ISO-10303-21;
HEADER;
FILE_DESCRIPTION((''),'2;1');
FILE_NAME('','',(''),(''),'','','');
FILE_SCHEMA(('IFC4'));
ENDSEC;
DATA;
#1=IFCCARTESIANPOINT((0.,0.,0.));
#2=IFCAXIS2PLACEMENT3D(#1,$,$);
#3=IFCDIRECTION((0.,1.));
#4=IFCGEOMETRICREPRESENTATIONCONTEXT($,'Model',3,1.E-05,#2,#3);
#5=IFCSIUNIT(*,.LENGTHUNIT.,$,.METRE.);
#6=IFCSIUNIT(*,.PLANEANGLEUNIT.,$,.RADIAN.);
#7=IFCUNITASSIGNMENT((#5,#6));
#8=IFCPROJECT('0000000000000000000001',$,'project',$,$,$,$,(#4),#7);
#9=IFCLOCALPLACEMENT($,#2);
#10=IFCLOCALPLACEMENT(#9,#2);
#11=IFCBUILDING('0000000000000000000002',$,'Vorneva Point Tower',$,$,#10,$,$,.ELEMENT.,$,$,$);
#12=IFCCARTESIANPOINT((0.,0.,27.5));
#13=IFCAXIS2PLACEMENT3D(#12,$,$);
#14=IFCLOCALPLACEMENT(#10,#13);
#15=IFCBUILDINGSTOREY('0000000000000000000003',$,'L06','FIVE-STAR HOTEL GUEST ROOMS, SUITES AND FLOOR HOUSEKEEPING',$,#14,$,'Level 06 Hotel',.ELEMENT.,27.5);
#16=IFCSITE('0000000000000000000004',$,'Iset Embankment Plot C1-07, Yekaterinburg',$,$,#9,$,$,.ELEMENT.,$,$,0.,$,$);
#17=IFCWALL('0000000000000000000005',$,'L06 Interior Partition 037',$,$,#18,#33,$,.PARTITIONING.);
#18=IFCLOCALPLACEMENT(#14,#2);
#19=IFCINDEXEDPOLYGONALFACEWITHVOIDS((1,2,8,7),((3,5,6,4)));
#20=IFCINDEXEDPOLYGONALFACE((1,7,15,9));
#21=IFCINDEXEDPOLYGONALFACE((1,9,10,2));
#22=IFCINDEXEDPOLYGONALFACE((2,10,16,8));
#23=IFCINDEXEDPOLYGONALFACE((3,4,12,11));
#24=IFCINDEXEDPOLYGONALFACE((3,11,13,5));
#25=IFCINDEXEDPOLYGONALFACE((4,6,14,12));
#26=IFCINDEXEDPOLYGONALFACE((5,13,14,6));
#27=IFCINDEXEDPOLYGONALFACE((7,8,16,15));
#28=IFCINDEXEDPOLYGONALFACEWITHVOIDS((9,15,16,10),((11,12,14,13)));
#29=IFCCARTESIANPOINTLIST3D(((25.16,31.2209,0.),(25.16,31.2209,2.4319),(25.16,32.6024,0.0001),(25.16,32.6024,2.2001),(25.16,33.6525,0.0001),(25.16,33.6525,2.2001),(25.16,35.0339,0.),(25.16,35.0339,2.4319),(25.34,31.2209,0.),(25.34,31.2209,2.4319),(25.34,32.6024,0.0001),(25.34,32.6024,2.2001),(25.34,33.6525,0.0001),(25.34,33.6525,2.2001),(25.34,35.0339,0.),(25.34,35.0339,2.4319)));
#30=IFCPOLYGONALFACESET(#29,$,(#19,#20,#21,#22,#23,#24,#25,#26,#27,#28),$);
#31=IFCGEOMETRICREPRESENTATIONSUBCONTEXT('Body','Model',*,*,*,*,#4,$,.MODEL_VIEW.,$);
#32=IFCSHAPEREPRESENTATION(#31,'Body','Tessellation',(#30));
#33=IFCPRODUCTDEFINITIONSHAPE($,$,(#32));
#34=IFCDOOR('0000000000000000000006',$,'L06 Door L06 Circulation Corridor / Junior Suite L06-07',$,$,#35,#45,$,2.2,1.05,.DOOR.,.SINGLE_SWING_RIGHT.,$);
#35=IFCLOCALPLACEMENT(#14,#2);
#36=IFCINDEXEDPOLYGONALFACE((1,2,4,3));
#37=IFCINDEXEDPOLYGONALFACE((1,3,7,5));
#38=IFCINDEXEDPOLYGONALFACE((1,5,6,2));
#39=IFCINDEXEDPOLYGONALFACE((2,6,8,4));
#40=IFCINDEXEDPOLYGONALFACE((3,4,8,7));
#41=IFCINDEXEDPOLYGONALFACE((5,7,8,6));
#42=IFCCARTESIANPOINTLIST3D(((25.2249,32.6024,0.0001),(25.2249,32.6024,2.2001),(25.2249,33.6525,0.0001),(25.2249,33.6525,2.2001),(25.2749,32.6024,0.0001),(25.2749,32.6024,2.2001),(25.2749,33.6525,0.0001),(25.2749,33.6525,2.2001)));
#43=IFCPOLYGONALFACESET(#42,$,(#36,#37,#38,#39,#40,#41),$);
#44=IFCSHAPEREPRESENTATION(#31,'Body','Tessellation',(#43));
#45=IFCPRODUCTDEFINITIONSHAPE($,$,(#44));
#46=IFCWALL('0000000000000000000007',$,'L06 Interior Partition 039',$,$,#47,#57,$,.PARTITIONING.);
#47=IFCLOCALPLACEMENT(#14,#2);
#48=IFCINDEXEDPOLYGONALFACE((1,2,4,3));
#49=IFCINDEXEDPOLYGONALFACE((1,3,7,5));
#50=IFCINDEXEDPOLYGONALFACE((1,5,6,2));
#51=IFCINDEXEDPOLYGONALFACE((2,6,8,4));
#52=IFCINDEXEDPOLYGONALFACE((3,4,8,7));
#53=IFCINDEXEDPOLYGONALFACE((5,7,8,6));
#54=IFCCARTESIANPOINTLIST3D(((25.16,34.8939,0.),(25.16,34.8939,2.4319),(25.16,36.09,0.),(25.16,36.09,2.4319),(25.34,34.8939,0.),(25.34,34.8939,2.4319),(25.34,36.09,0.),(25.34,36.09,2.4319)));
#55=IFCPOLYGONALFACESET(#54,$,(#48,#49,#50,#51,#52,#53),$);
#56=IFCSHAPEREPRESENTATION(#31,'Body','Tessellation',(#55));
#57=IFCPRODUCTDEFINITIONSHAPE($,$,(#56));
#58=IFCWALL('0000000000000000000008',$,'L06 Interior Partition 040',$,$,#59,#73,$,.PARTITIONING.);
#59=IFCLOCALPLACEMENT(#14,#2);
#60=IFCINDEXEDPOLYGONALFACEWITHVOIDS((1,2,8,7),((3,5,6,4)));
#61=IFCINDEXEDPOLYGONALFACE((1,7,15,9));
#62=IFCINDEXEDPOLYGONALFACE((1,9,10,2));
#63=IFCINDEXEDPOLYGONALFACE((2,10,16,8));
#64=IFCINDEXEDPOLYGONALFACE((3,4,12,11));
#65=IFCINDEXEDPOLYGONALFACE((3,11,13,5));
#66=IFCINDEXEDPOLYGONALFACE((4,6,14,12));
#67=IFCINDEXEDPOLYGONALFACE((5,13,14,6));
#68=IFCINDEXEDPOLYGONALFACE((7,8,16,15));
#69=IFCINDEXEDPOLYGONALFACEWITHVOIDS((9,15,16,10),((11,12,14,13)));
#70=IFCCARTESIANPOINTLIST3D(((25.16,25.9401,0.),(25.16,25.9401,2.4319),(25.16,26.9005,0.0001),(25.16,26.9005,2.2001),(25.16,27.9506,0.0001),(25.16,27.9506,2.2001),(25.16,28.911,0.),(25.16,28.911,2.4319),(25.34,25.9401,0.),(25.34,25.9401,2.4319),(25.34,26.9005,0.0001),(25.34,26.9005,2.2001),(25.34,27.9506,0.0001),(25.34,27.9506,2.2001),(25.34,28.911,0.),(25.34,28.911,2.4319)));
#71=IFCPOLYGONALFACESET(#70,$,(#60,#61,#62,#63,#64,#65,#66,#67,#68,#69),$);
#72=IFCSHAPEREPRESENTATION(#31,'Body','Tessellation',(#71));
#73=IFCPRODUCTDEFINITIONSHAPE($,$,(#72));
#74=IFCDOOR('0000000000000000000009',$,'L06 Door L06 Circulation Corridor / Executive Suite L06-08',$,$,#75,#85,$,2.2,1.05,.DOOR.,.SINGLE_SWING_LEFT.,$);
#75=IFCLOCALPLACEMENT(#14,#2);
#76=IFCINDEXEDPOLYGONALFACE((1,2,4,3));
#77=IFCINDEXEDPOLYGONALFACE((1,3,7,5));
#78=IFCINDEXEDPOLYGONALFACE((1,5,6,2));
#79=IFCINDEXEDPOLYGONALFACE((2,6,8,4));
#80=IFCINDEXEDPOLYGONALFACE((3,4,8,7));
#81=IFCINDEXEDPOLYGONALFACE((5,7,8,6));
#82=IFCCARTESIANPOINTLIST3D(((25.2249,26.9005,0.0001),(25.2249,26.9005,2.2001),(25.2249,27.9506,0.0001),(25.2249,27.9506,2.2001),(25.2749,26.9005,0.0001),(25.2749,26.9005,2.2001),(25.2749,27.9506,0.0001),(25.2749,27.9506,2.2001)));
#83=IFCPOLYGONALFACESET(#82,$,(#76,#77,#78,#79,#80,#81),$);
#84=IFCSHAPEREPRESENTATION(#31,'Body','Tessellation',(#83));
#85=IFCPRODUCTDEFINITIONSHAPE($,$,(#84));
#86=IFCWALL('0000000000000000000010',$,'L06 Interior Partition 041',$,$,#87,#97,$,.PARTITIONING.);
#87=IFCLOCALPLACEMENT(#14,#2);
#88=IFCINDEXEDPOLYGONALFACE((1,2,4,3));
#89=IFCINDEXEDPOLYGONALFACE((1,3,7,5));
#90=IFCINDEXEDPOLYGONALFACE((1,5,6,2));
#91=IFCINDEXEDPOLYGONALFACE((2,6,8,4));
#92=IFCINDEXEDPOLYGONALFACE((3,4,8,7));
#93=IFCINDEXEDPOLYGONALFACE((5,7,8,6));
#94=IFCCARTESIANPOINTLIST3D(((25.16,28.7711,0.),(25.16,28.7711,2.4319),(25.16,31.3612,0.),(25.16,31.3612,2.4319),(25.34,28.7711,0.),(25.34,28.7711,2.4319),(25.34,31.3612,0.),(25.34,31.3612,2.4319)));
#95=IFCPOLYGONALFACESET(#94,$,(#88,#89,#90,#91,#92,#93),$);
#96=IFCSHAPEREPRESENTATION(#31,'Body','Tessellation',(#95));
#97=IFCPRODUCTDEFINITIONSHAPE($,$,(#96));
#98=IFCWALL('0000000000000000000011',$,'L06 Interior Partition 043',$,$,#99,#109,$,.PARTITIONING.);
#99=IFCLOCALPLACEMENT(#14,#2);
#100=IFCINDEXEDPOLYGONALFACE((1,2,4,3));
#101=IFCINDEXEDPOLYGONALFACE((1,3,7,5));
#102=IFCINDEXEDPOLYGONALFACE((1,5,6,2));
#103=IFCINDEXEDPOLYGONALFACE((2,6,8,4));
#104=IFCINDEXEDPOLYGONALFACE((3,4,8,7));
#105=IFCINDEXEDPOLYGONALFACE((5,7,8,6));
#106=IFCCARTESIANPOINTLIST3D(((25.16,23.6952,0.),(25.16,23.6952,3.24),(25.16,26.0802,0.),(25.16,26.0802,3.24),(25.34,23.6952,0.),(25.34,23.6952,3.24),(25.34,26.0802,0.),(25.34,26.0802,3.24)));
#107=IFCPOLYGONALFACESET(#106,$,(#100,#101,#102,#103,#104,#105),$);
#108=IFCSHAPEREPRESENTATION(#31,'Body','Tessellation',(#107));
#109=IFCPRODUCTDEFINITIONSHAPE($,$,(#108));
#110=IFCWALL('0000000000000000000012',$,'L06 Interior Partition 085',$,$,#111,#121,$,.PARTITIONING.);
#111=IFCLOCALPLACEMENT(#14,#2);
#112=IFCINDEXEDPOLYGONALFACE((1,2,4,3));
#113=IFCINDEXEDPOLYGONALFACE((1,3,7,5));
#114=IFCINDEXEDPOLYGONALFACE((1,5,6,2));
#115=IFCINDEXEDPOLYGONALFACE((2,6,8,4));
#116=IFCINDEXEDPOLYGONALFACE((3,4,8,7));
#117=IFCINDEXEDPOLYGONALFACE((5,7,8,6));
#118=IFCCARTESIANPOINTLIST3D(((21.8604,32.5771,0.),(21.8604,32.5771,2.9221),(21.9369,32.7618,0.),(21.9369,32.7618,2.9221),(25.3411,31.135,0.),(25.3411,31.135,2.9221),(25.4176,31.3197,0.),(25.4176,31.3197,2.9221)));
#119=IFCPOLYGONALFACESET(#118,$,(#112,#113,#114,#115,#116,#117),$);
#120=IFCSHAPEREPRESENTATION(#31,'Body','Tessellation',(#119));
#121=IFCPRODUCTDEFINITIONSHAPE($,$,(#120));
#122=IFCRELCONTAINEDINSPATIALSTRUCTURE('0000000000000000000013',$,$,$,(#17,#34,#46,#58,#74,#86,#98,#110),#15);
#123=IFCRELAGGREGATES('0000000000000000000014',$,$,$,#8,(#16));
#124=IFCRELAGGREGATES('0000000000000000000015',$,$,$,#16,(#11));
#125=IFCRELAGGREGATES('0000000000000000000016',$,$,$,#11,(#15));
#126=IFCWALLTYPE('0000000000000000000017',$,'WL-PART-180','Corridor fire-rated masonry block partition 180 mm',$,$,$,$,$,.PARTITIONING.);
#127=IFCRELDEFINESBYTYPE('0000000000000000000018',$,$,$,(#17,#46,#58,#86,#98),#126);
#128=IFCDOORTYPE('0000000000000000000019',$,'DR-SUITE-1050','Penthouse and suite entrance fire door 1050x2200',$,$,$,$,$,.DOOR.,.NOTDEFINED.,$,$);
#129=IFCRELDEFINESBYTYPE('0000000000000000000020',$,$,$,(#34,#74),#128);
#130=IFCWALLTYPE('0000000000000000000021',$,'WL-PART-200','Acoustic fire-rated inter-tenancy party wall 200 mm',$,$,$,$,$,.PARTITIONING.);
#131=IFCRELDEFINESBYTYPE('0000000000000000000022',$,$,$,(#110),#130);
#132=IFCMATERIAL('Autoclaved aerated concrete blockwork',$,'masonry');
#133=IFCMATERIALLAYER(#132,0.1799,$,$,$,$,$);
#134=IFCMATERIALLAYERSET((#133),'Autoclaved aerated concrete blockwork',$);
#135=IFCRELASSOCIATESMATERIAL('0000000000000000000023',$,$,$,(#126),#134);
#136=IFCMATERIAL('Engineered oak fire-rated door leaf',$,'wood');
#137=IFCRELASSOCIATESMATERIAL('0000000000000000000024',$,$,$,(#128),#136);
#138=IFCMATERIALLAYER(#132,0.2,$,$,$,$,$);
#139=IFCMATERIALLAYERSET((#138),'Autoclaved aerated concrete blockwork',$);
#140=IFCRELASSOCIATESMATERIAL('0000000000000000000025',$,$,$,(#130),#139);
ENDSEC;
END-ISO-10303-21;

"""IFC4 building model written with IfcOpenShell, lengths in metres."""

from ifc_helpers import new_model, si_unit, direction, frame, frame_2d, origin, place, context, subcontext, project, spatial, rectangle, extrude, material, layer, layer_set, type_object, element, fill, save


model = new_model("IFC4")

# Units and contexts
model_context = context("Model", 3, precision=1e-05, world=origin(), true_north=direction((0.0, 1.0)))
body_context = subcontext(model_context, "Body", "Model", "MODEL_VIEW")
ifc_project = project(units=[si_unit("LENGTHUNIT", "METRE"), si_unit("PLANEANGLEUNIT", "RADIAN")], contexts=[model_context])

# Site, building, storey
site_placement = place(None, origin())
site = spatial("IfcSite", under=ifc_project, at=site_placement, Name="Iset Embankment Plot C1-07, Yekaterinburg", CompositionType="ELEMENT", RefElevation=0.0)
building_placement = place(site_placement, origin())
building = spatial("IfcBuilding", under=site, at=building_placement, Name="Vorneva Point Tower", CompositionType="ELEMENT")
storey_placement = place(building_placement, frame((0.0, 0.0, 27.5)))
storey = spatial("IfcBuildingStorey", under=building, at=storey_placement, Name="L06", Description="FIVE-STAR HOTEL GUEST ROOMS, SUITES AND FLOOR HOUSEKEEPING", LongName="Level 06 Hotel", CompositionType="ELEMENT", Elevation=27.5)

# Shared definitions
ifc_material_1 = material(Name="Engineered oak fire-rated door leaf", Category="wood")

# Wall, opening, door
ifc_material_2 = material(Name="Autoclaved aerated concrete blockwork", Category="masonry")
ifc_layer_1 = layer(ifc_material_2, 0.1799)
ifc_layer_set_1 = layer_set([ifc_layer_1], Name="Autoclaved aerated concrete blockwork")
wall_type_1 = type_object("IfcWallType", Name="WL-PART-180", Description="Corridor fire-rated masonry block partition 180 mm", PredefinedType="PARTITIONING", material=ifc_layer_set_1)
wall_1_placement = place(storey_placement, frame((25.25, 35.0339, 0.0), z_axis=(0.0, 0.0, 1.0), x_axis=(0.0, -1.0, 0.0)))
wall_1 = element("IfcWall", 1, at=wall_1_placement, inside=storey, type_object=wall_type_1, Name="L06 Interior Partition 037", PredefinedType="PARTITIONING", context=body_context, shape_type="SweptSolid", body=[
    extrude(rectangle(XDim=3.813, YDim=0.1799, at=frame_2d((1.9065, 0.0))), origin(), (0.0, 0.0, 1.0), 2.4319),
])
opening_1_placement = place(wall_1_placement, frame((1.3816, 0.0, 0.0)))
opening_1 = element("IfcOpeningElement", 2, at=opening_1_placement, cuts=wall_1, PredefinedType="OPENING", context=body_context, shape_type="SweptSolid", body=[
    extrude(rectangle(XDim=1.05, YDim=2.2, at=frame_2d((0.5249, 1.1001))), frame((0.0, 0.105, 0.0), z_axis=(0.0, -1.0, 0.0), x_axis=(1.0, 0.0, 0.0)), (0.0, 0.0, 1.0), 0.2097),
])
door_type_1 = type_object("IfcDoorType", Name="DR-SUITE-1050", Description="Penthouse and suite entrance fire door 1050x2200", OperationType="NOTDEFINED", PredefinedType="DOOR", material=ifc_material_1)
door_1_placement = place(opening_1_placement, origin())
door_1 = element("IfcDoor", 3, at=door_1_placement, inside=storey, type_object=door_type_1, Name="L06 Door L06 Circulation Corridor / Junior Suite L06-07", OperationType="SINGLE_SWING_RIGHT", OverallHeight=2.2, OverallWidth=1.05, PredefinedType="DOOR", context=body_context, shape_type="SweptSolid", body=[
    extrude(rectangle(XDim=1.05, YDim=2.2, at=frame_2d((0.5249, 1.1001))), frame((0.0, 0.0249, 0.0), z_axis=(0.0, -1.0, 0.0), x_axis=(1.0, 0.0, 0.0)), (0.0, 0.0, 1.0), 0.05),
])
fill(opening_1, door_1)

# Wall
wall_2_placement = place(storey_placement, frame((25.25, 36.0901, 0.0), z_axis=(0.0, 0.0, 1.0), x_axis=(0.0, -1.0, 0.0)))
element("IfcWall", 4, at=wall_2_placement, inside=storey, type_object=wall_type_1, Name="L06 Interior Partition 039", PredefinedType="PARTITIONING", context=body_context, shape_type="SweptSolid", body=[
    extrude(rectangle(XDim=1.196, YDim=0.1799, at=frame_2d((0.5981, 0.0))), origin(), (0.0, 0.0, 1.0), 2.4319),
])

# Wall, opening, door
wall_3_placement = place(storey_placement, frame((25.25, 28.9109, 0.0), z_axis=(0.0, 0.0, 1.0), x_axis=(0.0, -1.0, 0.0)))
wall_3 = element("IfcWall", 5, at=wall_3_placement, inside=storey, type_object=wall_type_1, Name="L06 Interior Partition 040", PredefinedType="PARTITIONING", context=body_context, shape_type="SweptSolid", body=[
    extrude(rectangle(XDim=2.9709, YDim=0.1799, at=frame_2d((1.4854, 0.0))), origin(), (0.0, 0.0, 1.0), 2.4319),
])
opening_2_placement = place(wall_3_placement, frame((0.9604, 0.0, 0.0)))
opening_2 = element("IfcOpeningElement", 6, at=opening_2_placement, cuts=wall_3, PredefinedType="OPENING", context=body_context, shape_type="SweptSolid", body=[
    extrude(rectangle(XDim=1.05, YDim=2.2, at=frame_2d((0.5249, 1.1001))), frame((0.0, 0.105, 0.0), z_axis=(0.0, -1.0, 0.0), x_axis=(1.0, 0.0, 0.0)), (0.0, 0.0, 1.0), 0.2097),
])
door_2_placement = place(opening_2_placement, origin())
door_2 = element("IfcDoor", 7, at=door_2_placement, inside=storey, type_object=door_type_1, Name="L06 Door L06 Circulation Corridor / Executive Suite L06-08", OperationType="SINGLE_SWING_LEFT", OverallHeight=2.2, OverallWidth=1.05, PredefinedType="DOOR", context=body_context, shape_type="SweptSolid", body=[
    extrude(rectangle(XDim=1.05, YDim=2.2, at=frame_2d((0.5249, 1.1001))), frame((0.0, 0.0249, 0.0), z_axis=(0.0, -1.0, 0.0), x_axis=(1.0, 0.0, 0.0)), (0.0, 0.0, 1.0), 0.05),
])
fill(opening_2, door_2)

# Walls
wall_4_placement = place(storey_placement, frame((25.25, 31.3611, 0.0), z_axis=(0.0, 0.0, 1.0), x_axis=(0.0, -1.0, 0.0)))
element("IfcWall", 8, at=wall_4_placement, inside=storey, type_object=wall_type_1, Name="L06 Interior Partition 041", PredefinedType="PARTITIONING", context=body_context, shape_type="SweptSolid", body=[
    extrude(rectangle(XDim=2.5901, YDim=0.1799, at=frame_2d((1.2949, 0.0))), origin(), (0.0, 0.0, 1.0), 2.4319),
])
wall_5_placement = place(storey_placement, frame((25.25, 26.0801, 0.0), z_axis=(0.0, 0.0, 1.0), x_axis=(0.0, -1.0, 0.0)))
element("IfcWall", 9, at=wall_5_placement, inside=storey, type_object=wall_type_1, Name="L06 Interior Partition 043", PredefinedType="PARTITIONING", context=body_context, shape_type="SweptSolid", body=[
    extrude(rectangle(XDim=2.385, YDim=0.1799, at=frame_2d((1.1924, 0.0))), origin(), (0.0, 0.0, 1.0), 3.24),
])
ifc_layer_2 = layer(ifc_material_2, 0.2)
ifc_layer_set_2 = layer_set([ifc_layer_2], Name="Autoclaved aerated concrete blockwork")
wall_type_2 = type_object("IfcWallType", Name="WL-PART-200", Description="Acoustic fire-rated inter-tenancy party wall 200 mm", PredefinedType="PARTITIONING", material=ifc_layer_set_2)
wall_6_placement = place(storey_placement, frame((21.8987, 32.6694, 0.0), z_axis=(0.0, 0.0, 1.0), x_axis=(0.923844, -0.38277, 0.0)))
element("IfcWall", 10, at=wall_6_placement, inside=storey, type_object=wall_type_2, Name="L06 Interior Partition 085", PredefinedType="PARTITIONING", context=body_context, shape_type="SweptSolid", body=[
    extrude(rectangle(XDim=3.7676, YDim=0.2, at=frame_2d((1.8838, 0.0))), origin(), (0.0, 0.0, 1.0), 2.9221),
])

save(model, "model.ifc")
